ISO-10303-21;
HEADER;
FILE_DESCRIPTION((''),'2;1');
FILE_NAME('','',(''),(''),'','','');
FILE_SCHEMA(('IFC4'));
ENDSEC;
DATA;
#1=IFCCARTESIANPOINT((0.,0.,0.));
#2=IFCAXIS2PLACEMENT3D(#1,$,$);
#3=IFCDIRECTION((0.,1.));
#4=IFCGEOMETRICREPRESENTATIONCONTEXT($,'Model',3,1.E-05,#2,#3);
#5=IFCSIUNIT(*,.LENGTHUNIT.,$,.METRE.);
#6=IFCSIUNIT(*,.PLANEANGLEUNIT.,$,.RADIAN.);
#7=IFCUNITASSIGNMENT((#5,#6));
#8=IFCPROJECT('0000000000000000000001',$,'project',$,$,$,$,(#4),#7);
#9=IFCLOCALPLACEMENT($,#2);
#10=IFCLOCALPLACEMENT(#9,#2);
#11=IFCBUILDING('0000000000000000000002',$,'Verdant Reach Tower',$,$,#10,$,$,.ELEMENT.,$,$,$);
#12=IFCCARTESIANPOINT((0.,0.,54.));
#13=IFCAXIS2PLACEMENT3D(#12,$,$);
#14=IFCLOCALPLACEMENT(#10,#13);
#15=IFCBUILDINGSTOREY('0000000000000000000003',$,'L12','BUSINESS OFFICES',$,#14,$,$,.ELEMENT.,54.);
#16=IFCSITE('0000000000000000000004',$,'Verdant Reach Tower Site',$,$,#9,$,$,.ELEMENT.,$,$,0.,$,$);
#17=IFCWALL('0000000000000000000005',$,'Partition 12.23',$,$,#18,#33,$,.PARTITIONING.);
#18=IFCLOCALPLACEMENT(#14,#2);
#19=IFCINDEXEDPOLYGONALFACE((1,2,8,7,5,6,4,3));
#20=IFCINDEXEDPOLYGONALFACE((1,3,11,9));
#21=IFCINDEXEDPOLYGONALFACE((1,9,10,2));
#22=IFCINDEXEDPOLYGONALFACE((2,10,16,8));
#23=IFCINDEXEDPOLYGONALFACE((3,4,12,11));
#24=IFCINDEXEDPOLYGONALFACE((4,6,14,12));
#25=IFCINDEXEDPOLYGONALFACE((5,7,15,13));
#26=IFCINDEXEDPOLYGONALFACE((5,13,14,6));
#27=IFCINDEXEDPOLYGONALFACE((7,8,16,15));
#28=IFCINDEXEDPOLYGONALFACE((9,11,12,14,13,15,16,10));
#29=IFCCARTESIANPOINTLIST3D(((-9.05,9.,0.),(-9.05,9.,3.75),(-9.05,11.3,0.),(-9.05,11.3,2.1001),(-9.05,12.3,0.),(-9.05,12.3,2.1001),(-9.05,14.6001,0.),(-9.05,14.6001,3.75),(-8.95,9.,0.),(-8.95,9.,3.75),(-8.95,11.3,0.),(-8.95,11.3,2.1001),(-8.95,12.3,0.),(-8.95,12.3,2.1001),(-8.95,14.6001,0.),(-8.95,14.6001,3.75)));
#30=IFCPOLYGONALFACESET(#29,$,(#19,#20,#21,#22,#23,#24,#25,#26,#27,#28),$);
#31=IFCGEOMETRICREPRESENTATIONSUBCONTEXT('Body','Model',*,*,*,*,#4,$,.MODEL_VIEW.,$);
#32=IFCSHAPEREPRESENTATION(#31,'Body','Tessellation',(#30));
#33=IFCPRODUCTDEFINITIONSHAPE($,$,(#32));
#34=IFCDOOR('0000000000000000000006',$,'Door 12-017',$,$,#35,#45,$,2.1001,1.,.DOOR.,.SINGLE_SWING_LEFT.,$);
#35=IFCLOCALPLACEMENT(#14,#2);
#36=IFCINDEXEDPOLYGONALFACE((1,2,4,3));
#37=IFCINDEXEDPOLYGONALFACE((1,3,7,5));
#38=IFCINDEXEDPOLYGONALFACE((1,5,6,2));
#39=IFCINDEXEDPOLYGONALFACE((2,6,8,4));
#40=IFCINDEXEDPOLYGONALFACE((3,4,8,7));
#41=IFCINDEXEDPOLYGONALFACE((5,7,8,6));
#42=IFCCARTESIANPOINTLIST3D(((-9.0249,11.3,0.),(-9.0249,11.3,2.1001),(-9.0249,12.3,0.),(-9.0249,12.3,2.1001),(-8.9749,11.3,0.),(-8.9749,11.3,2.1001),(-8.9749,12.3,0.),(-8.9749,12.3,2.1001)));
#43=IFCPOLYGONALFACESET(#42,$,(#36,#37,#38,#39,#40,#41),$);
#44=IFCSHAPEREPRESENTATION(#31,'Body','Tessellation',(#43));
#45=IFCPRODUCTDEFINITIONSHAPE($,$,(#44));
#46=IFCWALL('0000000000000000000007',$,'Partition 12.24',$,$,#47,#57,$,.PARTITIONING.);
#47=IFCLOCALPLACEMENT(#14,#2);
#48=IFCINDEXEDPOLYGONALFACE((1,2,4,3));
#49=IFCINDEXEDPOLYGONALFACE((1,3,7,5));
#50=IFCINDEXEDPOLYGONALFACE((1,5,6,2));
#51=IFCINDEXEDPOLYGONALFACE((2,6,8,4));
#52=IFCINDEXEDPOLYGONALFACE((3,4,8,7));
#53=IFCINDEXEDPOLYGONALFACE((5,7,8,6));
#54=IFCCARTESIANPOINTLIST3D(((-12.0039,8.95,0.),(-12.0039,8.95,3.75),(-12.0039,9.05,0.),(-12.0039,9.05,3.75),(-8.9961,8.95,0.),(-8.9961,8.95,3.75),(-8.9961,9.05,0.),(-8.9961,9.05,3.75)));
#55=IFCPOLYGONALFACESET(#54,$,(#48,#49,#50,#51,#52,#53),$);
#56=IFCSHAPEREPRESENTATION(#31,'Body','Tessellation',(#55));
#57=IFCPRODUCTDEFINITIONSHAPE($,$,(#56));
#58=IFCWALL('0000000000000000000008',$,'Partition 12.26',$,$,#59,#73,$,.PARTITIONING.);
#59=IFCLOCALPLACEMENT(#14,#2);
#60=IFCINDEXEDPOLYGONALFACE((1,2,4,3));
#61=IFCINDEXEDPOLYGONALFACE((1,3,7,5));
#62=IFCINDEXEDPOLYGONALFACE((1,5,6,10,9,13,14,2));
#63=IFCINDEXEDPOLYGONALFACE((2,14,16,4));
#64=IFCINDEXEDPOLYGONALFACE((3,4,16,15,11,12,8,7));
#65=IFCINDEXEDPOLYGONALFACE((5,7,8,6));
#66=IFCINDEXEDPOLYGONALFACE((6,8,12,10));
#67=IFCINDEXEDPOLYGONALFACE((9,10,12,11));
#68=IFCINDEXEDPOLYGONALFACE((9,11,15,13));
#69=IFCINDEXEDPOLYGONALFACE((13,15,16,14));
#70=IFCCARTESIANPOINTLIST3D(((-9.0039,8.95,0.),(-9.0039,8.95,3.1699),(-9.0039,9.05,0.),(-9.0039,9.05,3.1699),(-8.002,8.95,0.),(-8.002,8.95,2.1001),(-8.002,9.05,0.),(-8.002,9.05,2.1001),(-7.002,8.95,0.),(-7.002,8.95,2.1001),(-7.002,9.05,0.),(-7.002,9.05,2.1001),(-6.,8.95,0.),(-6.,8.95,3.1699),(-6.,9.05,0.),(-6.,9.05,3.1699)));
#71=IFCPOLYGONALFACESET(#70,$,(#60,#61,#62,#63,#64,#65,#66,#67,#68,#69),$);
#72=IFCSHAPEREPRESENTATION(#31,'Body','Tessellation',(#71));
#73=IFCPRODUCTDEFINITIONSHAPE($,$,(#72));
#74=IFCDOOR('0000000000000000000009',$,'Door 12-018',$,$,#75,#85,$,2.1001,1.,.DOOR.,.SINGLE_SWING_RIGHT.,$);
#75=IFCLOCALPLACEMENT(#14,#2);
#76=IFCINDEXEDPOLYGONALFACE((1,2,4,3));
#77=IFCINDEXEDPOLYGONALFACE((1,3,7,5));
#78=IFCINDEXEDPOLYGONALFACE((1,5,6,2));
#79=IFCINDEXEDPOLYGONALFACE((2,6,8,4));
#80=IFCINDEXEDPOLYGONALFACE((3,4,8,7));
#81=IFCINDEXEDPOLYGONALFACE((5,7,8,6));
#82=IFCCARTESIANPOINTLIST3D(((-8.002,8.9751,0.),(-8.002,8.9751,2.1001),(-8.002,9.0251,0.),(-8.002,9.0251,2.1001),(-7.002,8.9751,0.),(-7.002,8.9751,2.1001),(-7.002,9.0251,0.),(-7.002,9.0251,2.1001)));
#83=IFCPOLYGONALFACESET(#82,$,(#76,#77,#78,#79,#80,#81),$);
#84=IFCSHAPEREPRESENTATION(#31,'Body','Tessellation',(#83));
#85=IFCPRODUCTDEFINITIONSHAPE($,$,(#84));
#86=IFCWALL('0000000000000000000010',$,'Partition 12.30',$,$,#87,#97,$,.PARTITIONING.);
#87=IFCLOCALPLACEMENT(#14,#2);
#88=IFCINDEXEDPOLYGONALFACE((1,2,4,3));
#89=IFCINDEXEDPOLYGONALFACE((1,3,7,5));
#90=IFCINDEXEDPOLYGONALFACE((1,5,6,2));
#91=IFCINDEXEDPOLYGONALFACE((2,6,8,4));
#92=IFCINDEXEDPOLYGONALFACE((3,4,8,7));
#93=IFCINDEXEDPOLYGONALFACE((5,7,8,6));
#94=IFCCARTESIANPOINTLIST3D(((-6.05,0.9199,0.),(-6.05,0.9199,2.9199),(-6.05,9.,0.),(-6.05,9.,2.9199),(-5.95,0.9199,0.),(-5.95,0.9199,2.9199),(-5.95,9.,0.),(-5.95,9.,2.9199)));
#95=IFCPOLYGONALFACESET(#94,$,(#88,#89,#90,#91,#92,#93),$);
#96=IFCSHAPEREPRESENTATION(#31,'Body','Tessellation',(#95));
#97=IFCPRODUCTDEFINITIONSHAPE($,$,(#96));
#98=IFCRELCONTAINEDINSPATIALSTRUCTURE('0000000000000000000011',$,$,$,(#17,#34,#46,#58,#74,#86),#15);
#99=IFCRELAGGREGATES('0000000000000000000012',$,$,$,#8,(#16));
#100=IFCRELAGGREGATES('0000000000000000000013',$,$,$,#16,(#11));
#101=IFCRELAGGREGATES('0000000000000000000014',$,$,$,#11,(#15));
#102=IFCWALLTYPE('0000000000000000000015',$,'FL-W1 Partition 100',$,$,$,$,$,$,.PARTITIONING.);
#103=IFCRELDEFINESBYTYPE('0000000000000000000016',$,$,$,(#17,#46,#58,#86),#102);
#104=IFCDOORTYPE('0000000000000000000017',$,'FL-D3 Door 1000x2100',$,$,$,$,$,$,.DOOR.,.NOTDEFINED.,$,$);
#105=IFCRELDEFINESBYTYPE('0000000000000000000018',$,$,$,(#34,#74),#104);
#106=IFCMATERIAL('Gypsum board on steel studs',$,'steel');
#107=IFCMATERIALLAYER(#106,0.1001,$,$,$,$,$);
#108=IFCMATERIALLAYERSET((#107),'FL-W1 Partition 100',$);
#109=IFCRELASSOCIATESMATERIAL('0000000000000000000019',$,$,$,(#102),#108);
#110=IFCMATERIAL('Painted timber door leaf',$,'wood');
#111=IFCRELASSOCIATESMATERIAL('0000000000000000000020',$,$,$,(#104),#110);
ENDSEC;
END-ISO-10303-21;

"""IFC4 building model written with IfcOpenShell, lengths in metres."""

from ifc_helpers import new_model, si_unit, direction, frame, frame_2d, origin, place, context, subcontext, project, spatial, rectangle, extrude, material, layer, layer_set, type_object, element, fill, save


model = new_model("IFC4")

# Units and contexts
model_context = context("Model", 3, precision=1e-05, world=origin(), true_north=direction((0.0, 1.0)))
body_context = subcontext(model_context, "Body", "Model", "MODEL_VIEW")
ifc_project = project(units=[si_unit("LENGTHUNIT", "METRE"), si_unit("PLANEANGLEUNIT", "RADIAN")], contexts=[model_context])

# Site, building, storey
site_placement = place(None, origin())
site = spatial("IfcSite", under=ifc_project, at=site_placement, Name="Verdant Reach Tower Site", CompositionType="ELEMENT", RefElevation=0.0)
building_placement = place(site_placement, origin())
building = spatial("IfcBuilding", under=site, at=building_placement, Name="Verdant Reach Tower", CompositionType="ELEMENT")
storey_placement = place(building_placement, frame((0.0, 0.0, 54.0)))
storey = spatial("IfcBuildingStorey", under=building, at=storey_placement, Name="L12", Description="BUSINESS OFFICES", CompositionType="ELEMENT", Elevation=54.0)

# Shared definitions
ifc_material_1 = material(Name="Gypsum board on steel studs", Category="steel")
ifc_layer_1 = layer(ifc_material_1, 0.1001)
ifc_layer_set_1 = layer_set([ifc_layer_1], Name="FL-W1 Partition 100")
wall_type = type_object("IfcWallType", Name="FL-W1 Partition 100", PredefinedType="PARTITIONING", material=ifc_layer_set_1)

# Wall, opening, door
wall_1_placement = place(storey_placement, frame((-9.0, 9.0, 0.0), z_axis=(0.0, 0.0, 1.0), x_axis=(0.0, 1.0, 0.0)))
wall_1 = element("IfcWall", 1, at=wall_1_placement, inside=storey, type_object=wall_type, Name="Partition 12.23", PredefinedType="PARTITIONING", context=body_context, shape_type="SweptSolid", body=[
    extrude(rectangle(XDim=5.6001, YDim=0.1001, at=frame_2d((2.8, 0.0))), origin(), (0.0, 0.0, 1.0), 3.75),
])
opening_1_placement = place(wall_1_placement, frame((2.3, 0.0, 0.0)))
opening_1 = element("IfcOpeningElement", 2, at=opening_1_placement, cuts=wall_1, PredefinedType="OPENING", context=body_context, shape_type="SweptSolid", body=[
    extrude(rectangle(XDim=1.0, YDim=2.1001, at=frame_2d((0.5, 1.05))), frame((0.0, 0.0601, 0.0), z_axis=(0.0, -1.0, 0.0), x_axis=(1.0, 0.0, 0.0)), (0.0, 0.0, 1.0), 0.1201),
])
ifc_material_2 = material(Name="Painted timber door leaf", Category="wood")
door_type = type_object("IfcDoorType", Name="FL-D3 Door 1000x2100", OperationType="NOTDEFINED", PredefinedType="DOOR", material=ifc_material_2)
door_1_placement = place(opening_1_placement, origin())
door_1 = element("IfcDoor", 3, at=door_1_placement, inside=storey, type_object=door_type, Name="Door 12-017", OperationType="SINGLE_SWING_LEFT", OverallHeight=2.1001, OverallWidth=1.0, PredefinedType="DOOR", context=body_context, shape_type="SweptSolid", body=[
    extrude(rectangle(XDim=1.0, YDim=2.1001, at=frame_2d((0.5, 1.05))), frame((0.0, 0.0249, 0.0), z_axis=(0.0, -1.0, 0.0), x_axis=(1.0, 0.0, 0.0)), (0.0, 0.0, 1.0), 0.05),
])
fill(opening_1, door_1)

# Wall
wall_2_placement = place(storey_placement, frame((-12.0039, 9.0, 0.0), z_axis=(0.0, 0.0, 1.0), x_axis=(1.0, 0.0, 0.0)))
element("IfcWall", 4, at=wall_2_placement, inside=storey, type_object=wall_type, Name="Partition 12.24", PredefinedType="PARTITIONING", context=body_context, shape_type="SweptSolid", body=[
    extrude(rectangle(XDim=3.0078, YDim=0.1001, at=frame_2d((1.5039, 0.0))), origin(), (0.0, 0.0, 1.0), 3.75),
])

# Wall, opening, door
wall_3_placement = place(storey_placement, frame((-6.0, 9.0, 0.0), z_axis=(0.0, 0.0, 1.0), x_axis=(-1.0, 0.0, 0.0)))
wall_3 = element("IfcWall", 5, at=wall_3_placement, inside=storey, type_object=wall_type, Name="Partition 12.26", PredefinedType="PARTITIONING", context=body_context, shape_type="SweptSolid", body=[
    extrude(rectangle(XDim=3.0039, YDim=0.1001, at=frame_2d((1.502, 0.0))), origin(), (0.0, 0.0, 1.0), 3.1699),
])
opening_2_placement = place(wall_3_placement, frame((1.002, 0.0, 0.0)))
opening_2 = element("IfcOpeningElement", 6, at=opening_2_placement, cuts=wall_3, PredefinedType="OPENING", context=body_context, shape_type="SweptSolid", body=[
    extrude(rectangle(XDim=1.0, YDim=2.1001, at=frame_2d((0.5, 1.05))), frame((0.0, 0.0601, 0.0), z_axis=(0.0, -1.0, 0.0), x_axis=(1.0, 0.0, 0.0)), (0.0, 0.0, 1.0), 0.1201),
])
door_2_placement = place(opening_2_placement, origin())
door_2 = element("IfcDoor", 7, at=door_2_placement, inside=storey, type_object=door_type, Name="Door 12-018", OperationType="SINGLE_SWING_RIGHT", OverallHeight=2.1001, OverallWidth=1.0, PredefinedType="DOOR", context=body_context, shape_type="SweptSolid", body=[
    extrude(rectangle(XDim=1.0, YDim=2.1001, at=frame_2d((0.5, 1.05))), frame((0.0, 0.0249, 0.0), z_axis=(0.0, -1.0, 0.0), x_axis=(1.0, 0.0, 0.0)), (0.0, 0.0, 1.0), 0.05),
])
fill(opening_2, door_2)

# Wall
wall_4_placement = place(storey_placement, frame((-6.0, 0.9199, 0.0), z_axis=(0.0, 0.0, 1.0), x_axis=(0.0, 1.0, 0.0)))
element("IfcWall", 8, at=wall_4_placement, inside=storey, type_object=wall_type, Name="Partition 12.30", PredefinedType="PARTITIONING", context=body_context, shape_type="SweptSolid", body=[
    extrude(rectangle(XDim=8.0801, YDim=0.1001, at=frame_2d((4.04, 0.0))), origin(), (0.0, 0.0, 1.0), 2.9199),
])

save(model, "model.ifc")
